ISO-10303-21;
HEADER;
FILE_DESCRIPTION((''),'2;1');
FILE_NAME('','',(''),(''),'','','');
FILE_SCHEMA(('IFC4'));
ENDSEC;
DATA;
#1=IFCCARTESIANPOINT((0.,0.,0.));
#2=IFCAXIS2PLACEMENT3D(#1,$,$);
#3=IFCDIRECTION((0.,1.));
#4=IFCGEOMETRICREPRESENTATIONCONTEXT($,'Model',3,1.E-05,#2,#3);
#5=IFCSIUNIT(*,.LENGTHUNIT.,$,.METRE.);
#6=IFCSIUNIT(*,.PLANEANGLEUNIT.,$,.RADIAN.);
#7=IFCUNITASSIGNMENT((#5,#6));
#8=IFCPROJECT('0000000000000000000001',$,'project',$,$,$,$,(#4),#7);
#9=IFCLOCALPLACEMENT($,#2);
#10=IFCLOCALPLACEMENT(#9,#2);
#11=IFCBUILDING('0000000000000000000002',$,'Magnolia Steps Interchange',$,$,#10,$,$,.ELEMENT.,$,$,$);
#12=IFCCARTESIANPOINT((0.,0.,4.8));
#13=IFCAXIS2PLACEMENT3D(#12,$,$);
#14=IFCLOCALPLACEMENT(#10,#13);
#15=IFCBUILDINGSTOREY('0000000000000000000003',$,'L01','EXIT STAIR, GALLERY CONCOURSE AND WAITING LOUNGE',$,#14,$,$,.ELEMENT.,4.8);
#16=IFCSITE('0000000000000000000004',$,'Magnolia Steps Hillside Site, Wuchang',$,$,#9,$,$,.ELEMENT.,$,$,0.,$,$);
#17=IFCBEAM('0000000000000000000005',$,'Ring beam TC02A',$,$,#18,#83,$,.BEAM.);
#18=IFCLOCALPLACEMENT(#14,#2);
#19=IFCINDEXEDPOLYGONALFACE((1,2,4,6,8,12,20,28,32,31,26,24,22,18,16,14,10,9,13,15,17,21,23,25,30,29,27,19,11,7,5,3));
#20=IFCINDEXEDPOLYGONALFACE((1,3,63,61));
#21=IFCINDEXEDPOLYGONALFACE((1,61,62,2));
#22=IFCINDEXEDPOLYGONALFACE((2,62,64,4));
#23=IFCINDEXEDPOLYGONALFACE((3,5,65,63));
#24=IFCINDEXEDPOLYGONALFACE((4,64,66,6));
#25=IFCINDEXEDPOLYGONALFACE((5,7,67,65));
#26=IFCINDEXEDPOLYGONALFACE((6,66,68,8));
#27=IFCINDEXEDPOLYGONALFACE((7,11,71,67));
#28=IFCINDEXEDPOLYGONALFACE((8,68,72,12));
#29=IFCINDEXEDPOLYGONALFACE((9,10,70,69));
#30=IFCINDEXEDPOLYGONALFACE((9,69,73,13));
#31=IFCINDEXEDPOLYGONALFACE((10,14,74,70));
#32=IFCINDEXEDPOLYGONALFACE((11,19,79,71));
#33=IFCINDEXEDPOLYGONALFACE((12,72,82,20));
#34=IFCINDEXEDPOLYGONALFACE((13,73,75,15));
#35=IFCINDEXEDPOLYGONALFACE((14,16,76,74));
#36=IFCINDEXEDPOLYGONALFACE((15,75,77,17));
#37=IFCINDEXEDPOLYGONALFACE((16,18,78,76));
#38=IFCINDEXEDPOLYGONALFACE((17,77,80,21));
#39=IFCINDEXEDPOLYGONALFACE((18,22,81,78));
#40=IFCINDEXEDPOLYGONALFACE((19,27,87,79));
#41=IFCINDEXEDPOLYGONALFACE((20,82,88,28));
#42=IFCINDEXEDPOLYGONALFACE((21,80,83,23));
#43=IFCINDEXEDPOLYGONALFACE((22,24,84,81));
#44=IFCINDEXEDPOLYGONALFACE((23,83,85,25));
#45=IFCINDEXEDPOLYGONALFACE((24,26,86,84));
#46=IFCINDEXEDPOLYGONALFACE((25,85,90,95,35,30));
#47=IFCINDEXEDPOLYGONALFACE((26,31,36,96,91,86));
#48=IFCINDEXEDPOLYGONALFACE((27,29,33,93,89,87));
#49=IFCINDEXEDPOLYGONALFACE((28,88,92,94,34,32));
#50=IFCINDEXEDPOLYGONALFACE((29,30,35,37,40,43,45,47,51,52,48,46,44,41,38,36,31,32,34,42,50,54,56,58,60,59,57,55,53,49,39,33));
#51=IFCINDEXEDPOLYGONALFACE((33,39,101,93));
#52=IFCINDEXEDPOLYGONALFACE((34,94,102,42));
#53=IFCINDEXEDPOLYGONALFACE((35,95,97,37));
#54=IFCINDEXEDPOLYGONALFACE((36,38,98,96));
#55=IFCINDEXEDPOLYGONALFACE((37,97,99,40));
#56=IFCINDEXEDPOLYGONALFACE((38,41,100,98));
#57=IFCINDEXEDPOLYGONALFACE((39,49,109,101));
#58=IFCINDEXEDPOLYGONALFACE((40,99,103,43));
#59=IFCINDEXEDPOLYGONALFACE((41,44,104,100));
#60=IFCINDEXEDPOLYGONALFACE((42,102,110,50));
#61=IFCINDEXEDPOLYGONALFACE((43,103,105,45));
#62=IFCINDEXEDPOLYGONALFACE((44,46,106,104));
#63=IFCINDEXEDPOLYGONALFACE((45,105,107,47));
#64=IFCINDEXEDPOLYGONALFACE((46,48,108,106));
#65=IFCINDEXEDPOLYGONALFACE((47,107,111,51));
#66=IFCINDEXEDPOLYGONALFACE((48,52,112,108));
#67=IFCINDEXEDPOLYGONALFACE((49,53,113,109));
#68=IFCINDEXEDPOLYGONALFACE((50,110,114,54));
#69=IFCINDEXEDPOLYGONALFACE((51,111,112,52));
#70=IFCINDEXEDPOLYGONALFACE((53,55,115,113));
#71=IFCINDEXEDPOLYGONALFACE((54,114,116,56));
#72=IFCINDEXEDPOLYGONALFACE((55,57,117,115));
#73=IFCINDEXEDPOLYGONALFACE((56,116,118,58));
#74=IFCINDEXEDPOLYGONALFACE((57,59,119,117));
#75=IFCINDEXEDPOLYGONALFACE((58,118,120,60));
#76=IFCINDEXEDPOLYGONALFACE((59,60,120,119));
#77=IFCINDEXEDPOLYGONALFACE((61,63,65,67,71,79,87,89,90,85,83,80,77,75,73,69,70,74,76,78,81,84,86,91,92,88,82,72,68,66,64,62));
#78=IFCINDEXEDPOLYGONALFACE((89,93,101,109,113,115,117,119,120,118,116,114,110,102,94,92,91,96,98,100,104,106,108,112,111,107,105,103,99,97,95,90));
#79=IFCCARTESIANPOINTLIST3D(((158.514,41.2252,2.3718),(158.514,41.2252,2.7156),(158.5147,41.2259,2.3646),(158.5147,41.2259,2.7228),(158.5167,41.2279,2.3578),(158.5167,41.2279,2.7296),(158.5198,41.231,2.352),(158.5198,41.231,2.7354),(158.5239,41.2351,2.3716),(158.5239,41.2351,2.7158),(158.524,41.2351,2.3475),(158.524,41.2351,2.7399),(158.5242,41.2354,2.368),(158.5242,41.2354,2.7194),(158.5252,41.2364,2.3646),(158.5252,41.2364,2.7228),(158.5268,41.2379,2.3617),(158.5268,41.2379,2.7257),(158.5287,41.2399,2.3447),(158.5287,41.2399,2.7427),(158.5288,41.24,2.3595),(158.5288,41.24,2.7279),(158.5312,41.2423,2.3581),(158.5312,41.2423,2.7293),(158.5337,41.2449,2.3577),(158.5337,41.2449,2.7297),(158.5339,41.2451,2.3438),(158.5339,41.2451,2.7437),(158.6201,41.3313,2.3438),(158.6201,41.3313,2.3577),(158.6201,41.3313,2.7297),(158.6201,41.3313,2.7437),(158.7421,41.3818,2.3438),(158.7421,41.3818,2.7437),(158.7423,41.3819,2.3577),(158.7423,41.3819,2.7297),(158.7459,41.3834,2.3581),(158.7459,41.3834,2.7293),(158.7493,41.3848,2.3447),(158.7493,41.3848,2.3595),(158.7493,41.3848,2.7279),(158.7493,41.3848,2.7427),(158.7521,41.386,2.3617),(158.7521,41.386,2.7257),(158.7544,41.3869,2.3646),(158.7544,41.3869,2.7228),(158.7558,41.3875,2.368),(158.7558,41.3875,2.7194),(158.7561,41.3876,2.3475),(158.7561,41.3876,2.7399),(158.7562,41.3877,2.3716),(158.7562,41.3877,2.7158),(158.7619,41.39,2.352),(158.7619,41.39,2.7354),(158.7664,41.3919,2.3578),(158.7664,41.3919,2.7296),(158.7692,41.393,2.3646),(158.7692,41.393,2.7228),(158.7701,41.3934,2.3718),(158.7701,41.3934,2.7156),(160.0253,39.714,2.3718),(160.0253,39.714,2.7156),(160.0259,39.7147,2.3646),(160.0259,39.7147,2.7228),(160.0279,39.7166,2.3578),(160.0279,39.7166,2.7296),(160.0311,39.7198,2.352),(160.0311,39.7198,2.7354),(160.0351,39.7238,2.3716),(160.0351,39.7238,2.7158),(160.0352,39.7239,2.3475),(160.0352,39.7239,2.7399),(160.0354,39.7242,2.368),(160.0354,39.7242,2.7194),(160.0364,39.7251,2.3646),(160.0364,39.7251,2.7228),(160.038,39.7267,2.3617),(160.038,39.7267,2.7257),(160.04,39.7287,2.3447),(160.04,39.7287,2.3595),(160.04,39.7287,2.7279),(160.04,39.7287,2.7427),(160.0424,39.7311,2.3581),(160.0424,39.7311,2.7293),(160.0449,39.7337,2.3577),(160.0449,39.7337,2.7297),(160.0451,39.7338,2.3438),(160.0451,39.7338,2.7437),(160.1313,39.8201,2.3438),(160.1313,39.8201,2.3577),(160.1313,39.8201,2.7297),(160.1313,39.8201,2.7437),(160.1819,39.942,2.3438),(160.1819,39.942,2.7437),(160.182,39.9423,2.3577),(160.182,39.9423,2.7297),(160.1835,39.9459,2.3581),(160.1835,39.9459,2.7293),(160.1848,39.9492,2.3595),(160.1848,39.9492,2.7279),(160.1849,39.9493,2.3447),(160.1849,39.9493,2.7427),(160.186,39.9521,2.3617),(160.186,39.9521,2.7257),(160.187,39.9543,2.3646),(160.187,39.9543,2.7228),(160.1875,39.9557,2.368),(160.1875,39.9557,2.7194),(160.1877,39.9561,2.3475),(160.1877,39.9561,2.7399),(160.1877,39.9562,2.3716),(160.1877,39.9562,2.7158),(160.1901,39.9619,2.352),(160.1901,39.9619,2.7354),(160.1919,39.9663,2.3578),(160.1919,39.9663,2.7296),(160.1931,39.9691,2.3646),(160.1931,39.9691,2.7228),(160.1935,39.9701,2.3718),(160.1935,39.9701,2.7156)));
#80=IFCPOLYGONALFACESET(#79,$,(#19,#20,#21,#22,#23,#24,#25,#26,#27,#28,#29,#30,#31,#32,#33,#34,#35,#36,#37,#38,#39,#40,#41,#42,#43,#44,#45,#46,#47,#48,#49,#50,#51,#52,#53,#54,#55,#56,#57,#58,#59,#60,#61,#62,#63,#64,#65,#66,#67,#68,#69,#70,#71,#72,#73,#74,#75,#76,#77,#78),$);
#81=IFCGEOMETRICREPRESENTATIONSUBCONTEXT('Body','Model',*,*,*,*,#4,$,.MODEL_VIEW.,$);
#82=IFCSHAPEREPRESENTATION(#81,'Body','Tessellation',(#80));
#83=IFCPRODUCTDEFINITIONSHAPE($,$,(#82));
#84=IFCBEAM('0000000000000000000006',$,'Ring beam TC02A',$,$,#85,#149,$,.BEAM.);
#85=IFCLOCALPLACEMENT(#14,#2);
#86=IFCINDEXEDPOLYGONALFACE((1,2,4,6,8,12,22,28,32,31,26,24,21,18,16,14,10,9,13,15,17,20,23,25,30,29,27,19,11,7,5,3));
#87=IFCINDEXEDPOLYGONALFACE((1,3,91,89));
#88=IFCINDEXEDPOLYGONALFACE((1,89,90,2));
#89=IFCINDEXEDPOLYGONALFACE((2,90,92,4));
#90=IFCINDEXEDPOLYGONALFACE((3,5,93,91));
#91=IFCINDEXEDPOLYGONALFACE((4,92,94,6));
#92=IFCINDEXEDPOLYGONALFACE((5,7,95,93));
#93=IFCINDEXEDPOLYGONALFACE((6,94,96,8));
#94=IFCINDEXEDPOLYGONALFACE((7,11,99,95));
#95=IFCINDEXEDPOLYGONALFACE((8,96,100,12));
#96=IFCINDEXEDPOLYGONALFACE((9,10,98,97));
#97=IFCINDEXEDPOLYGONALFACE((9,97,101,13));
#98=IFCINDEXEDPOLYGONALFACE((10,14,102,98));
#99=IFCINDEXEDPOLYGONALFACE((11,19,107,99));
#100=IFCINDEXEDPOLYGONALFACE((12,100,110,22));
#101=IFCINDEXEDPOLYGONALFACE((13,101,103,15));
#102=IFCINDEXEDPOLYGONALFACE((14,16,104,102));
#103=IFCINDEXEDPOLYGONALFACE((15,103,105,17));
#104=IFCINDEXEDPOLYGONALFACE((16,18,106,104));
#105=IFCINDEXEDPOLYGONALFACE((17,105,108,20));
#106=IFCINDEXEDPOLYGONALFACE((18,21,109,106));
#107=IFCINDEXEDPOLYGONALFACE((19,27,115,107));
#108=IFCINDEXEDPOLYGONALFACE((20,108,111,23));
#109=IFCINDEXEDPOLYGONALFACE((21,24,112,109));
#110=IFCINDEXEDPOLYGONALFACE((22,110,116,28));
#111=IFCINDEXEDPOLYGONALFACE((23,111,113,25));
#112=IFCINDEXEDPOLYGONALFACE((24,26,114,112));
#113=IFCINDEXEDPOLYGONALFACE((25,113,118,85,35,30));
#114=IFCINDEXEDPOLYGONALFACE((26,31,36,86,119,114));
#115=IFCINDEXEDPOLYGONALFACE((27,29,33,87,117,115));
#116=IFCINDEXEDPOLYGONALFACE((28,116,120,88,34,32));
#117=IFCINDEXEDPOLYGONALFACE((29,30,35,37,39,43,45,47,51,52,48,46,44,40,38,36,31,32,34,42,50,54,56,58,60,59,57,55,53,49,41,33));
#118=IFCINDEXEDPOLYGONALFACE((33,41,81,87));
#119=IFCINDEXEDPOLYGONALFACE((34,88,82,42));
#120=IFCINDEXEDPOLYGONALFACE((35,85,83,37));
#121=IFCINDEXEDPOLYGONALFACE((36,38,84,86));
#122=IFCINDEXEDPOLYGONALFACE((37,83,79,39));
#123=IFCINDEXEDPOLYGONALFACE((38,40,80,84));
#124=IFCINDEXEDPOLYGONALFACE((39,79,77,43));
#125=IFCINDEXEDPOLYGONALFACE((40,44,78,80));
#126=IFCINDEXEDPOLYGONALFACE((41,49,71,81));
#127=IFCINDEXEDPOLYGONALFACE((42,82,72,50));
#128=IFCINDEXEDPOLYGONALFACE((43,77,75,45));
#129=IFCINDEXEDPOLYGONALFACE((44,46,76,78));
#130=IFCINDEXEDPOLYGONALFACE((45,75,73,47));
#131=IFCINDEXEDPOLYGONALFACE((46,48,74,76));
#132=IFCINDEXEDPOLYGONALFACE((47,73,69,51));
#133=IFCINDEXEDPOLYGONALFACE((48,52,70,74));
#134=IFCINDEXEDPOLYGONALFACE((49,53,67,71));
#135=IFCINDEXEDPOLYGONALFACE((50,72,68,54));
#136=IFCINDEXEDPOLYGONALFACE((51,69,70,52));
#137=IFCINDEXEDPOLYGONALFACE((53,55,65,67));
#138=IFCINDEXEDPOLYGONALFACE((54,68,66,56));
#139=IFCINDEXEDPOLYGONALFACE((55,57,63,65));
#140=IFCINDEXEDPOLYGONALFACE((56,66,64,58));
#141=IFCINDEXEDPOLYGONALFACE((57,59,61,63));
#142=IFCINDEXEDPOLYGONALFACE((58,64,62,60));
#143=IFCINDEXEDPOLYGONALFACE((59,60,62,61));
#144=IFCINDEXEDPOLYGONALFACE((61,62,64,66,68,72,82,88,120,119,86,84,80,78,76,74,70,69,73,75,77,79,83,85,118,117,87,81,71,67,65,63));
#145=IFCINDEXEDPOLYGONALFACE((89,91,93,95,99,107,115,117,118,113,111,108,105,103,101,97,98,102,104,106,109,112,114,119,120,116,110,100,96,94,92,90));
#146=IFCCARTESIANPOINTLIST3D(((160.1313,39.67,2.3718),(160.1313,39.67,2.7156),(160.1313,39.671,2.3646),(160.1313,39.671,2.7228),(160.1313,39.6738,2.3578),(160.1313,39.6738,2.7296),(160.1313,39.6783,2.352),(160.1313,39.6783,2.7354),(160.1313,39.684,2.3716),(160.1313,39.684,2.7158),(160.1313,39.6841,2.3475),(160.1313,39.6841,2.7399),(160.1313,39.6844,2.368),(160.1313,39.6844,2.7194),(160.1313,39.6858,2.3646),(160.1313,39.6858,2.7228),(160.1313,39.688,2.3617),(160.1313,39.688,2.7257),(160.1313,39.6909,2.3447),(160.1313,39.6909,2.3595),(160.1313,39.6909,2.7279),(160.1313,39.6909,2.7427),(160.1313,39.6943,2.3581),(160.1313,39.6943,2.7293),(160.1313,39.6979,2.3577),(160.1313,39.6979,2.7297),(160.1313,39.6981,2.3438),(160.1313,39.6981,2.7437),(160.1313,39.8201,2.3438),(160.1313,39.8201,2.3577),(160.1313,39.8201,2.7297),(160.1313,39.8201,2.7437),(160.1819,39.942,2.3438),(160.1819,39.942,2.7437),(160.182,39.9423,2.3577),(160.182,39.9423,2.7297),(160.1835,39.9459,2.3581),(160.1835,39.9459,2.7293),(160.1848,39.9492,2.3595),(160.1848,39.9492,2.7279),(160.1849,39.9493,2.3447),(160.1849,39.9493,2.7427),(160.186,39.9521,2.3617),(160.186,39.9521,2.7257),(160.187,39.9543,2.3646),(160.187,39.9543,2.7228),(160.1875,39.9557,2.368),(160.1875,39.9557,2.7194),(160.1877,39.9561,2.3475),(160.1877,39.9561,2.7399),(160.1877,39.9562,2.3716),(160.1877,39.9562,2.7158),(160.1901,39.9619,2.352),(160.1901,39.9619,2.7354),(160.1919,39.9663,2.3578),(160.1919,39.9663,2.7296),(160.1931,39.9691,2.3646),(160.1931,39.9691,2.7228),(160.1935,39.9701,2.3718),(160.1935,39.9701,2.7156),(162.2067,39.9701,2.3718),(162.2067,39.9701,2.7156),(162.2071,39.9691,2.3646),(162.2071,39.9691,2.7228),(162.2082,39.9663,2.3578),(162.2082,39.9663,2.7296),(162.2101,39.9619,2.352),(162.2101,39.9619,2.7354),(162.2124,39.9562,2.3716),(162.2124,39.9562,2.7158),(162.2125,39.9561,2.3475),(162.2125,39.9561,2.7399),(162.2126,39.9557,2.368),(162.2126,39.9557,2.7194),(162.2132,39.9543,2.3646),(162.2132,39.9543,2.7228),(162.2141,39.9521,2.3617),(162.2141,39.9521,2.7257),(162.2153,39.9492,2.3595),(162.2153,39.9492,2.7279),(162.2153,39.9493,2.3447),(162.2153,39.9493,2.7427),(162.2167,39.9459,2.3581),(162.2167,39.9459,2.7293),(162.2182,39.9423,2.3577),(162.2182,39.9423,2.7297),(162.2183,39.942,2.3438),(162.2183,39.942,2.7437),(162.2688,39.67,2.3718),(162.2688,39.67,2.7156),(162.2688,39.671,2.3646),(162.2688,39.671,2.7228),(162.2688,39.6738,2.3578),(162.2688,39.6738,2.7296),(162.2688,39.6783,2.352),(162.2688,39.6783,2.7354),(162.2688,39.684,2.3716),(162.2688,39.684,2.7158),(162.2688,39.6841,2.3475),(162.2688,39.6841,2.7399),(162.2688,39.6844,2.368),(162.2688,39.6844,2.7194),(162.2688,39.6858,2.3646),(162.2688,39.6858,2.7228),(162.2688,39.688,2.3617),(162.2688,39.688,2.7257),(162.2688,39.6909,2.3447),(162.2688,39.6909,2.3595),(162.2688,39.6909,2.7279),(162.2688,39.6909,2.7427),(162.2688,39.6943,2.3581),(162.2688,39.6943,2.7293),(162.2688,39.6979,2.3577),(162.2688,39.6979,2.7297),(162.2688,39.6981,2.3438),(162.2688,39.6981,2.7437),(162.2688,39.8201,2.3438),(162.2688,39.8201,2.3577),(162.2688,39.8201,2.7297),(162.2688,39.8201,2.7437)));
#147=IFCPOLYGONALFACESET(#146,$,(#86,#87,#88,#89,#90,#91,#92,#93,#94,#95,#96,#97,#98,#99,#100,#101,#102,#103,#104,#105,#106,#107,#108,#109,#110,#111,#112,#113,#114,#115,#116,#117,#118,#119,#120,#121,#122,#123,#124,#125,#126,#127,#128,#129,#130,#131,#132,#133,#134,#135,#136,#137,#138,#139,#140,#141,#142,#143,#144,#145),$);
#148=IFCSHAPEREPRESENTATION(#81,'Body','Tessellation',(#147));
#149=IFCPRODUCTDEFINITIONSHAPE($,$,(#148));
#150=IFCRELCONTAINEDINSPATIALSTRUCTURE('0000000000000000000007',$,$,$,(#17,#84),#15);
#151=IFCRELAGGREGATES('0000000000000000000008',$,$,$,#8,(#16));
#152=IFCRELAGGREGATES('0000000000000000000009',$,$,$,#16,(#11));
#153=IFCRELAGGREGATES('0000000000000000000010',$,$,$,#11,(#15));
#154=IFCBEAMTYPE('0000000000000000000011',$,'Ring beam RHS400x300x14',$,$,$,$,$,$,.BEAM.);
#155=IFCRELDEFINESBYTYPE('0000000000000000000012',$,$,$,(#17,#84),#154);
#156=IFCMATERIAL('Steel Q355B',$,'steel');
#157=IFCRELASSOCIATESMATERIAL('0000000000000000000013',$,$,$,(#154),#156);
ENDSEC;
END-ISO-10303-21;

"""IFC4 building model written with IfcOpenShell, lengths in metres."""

from ifc_helpers import new_model, si_unit, direction, frame, origin, origin_2d, place, context, subcontext, project, spatial, hollow_rectangle, extrude, clip, halfspace, material, material_profile, profile_set, type_object, element, save


model = new_model("IFC4")

# Units and contexts
model_context = context("Model", 3, precision=1e-05, world=origin(), true_north=direction((0.0, 1.0)))
body_context = subcontext(model_context, "Body", "Model", "MODEL_VIEW")
ifc_project = project(units=[si_unit("LENGTHUNIT", "METRE"), si_unit("PLANEANGLEUNIT", "RADIAN")], contexts=[model_context])

# Site, building, storey
site_placement = place(None, origin())
site = spatial("IfcSite", under=ifc_project, at=site_placement, Name="Magnolia Steps Hillside Site, Wuchang", CompositionType="ELEMENT", RefElevation=0.0)
building_placement = place(site_placement, origin())
building = spatial("IfcBuilding", under=site, at=building_placement, Name="Magnolia Steps Interchange", CompositionType="ELEMENT")
storey_placement = place(building_placement, frame((0.0, 0.0, 4.8)))
storey = spatial("IfcBuildingStorey", under=building, at=storey_placement, Name="L01", Description="EXIT STAIR, GALLERY CONCOURSE AND WAITING LOUNGE", CompositionType="ELEMENT", Elevation=4.8)

# Beams
ifc_material_1 = material(Name="Steel Q355B", Category="steel")
ifc_material_profile_1 = material_profile(ifc_material_1, hollow_rectangle(XDim=0.3, YDim=0.3999, WallThickness=0.0139, InnerFilletRadius=0.0139, OuterFilletRadius=0.0281, at=origin_2d()), Name="RHS400x300x14")
ifc_profile_set_1 = profile_set([ifc_material_profile_1], Name="Steel Q355B")
beam_type = type_object("IfcBeamType", Name="Ring beam RHS400x300x14", PredefinedType="BEAM", material=ifc_profile_set_1)
beam_1_placement = place(storey_placement, frame((158.6201, 41.3313, 2.5437), z_axis=(0.707107, -0.707107, 0.0), x_axis=(0.707107, 0.707107, 0.0)))
element("IfcBeam", 1, at=beam_1_placement, inside=storey, type_object=beam_type, Name="Ring beam TC02A", PredefinedType="BEAM", context=body_context, shape_type="Clipping", body=[
    clip(clip(extrude(hollow_rectangle(XDim=0.3, YDim=0.3999, WallThickness=0.0139, InnerFilletRadius=0.0139, OuterFilletRadius=0.0281, at=origin_2d()), origin(), (0.0, 0.0, 1.0), 2.1372), halfspace(frame((0.0, 0.0, 0.0), z_axis=(0.382683, 0.0, -0.92388), x_axis=(0.92388, 0.0, 0.382683)), False)), halfspace(frame((0.0, 0.0, 2.1372), z_axis=(0.382683, 0.0, 0.92388), x_axis=(0.92388, 0.0, -0.382683)), False)),
])
beam_2_placement = place(storey_placement, frame((160.1313, 39.8201, 2.5437), z_axis=(1.0, 0.0, 0.0), x_axis=(0.0, 1.0, 0.0)))
element("IfcBeam", 2, at=beam_2_placement, inside=storey, type_object=beam_type, Name="Ring beam TC02A", PredefinedType="BEAM", context=body_context, shape_type="Clipping", body=[
    clip(clip(extrude(hollow_rectangle(XDim=0.3, YDim=0.3999, WallThickness=0.0139, InnerFilletRadius=0.0139, OuterFilletRadius=0.0281, at=origin_2d()), origin(), (0.0, 0.0, 1.0), 2.1375), halfspace(frame((0.0, 0.0, 0.0), z_axis=(0.382683, 0.0, -0.92388), x_axis=(0.92388, 0.0, 0.382683)), False)), halfspace(frame((0.0, 0.0, 2.1375), z_axis=(0.382683, 0.0, 0.92388), x_axis=(0.92388, 0.0, -0.382683)), False)),
])

save(model, "model.ifc")
